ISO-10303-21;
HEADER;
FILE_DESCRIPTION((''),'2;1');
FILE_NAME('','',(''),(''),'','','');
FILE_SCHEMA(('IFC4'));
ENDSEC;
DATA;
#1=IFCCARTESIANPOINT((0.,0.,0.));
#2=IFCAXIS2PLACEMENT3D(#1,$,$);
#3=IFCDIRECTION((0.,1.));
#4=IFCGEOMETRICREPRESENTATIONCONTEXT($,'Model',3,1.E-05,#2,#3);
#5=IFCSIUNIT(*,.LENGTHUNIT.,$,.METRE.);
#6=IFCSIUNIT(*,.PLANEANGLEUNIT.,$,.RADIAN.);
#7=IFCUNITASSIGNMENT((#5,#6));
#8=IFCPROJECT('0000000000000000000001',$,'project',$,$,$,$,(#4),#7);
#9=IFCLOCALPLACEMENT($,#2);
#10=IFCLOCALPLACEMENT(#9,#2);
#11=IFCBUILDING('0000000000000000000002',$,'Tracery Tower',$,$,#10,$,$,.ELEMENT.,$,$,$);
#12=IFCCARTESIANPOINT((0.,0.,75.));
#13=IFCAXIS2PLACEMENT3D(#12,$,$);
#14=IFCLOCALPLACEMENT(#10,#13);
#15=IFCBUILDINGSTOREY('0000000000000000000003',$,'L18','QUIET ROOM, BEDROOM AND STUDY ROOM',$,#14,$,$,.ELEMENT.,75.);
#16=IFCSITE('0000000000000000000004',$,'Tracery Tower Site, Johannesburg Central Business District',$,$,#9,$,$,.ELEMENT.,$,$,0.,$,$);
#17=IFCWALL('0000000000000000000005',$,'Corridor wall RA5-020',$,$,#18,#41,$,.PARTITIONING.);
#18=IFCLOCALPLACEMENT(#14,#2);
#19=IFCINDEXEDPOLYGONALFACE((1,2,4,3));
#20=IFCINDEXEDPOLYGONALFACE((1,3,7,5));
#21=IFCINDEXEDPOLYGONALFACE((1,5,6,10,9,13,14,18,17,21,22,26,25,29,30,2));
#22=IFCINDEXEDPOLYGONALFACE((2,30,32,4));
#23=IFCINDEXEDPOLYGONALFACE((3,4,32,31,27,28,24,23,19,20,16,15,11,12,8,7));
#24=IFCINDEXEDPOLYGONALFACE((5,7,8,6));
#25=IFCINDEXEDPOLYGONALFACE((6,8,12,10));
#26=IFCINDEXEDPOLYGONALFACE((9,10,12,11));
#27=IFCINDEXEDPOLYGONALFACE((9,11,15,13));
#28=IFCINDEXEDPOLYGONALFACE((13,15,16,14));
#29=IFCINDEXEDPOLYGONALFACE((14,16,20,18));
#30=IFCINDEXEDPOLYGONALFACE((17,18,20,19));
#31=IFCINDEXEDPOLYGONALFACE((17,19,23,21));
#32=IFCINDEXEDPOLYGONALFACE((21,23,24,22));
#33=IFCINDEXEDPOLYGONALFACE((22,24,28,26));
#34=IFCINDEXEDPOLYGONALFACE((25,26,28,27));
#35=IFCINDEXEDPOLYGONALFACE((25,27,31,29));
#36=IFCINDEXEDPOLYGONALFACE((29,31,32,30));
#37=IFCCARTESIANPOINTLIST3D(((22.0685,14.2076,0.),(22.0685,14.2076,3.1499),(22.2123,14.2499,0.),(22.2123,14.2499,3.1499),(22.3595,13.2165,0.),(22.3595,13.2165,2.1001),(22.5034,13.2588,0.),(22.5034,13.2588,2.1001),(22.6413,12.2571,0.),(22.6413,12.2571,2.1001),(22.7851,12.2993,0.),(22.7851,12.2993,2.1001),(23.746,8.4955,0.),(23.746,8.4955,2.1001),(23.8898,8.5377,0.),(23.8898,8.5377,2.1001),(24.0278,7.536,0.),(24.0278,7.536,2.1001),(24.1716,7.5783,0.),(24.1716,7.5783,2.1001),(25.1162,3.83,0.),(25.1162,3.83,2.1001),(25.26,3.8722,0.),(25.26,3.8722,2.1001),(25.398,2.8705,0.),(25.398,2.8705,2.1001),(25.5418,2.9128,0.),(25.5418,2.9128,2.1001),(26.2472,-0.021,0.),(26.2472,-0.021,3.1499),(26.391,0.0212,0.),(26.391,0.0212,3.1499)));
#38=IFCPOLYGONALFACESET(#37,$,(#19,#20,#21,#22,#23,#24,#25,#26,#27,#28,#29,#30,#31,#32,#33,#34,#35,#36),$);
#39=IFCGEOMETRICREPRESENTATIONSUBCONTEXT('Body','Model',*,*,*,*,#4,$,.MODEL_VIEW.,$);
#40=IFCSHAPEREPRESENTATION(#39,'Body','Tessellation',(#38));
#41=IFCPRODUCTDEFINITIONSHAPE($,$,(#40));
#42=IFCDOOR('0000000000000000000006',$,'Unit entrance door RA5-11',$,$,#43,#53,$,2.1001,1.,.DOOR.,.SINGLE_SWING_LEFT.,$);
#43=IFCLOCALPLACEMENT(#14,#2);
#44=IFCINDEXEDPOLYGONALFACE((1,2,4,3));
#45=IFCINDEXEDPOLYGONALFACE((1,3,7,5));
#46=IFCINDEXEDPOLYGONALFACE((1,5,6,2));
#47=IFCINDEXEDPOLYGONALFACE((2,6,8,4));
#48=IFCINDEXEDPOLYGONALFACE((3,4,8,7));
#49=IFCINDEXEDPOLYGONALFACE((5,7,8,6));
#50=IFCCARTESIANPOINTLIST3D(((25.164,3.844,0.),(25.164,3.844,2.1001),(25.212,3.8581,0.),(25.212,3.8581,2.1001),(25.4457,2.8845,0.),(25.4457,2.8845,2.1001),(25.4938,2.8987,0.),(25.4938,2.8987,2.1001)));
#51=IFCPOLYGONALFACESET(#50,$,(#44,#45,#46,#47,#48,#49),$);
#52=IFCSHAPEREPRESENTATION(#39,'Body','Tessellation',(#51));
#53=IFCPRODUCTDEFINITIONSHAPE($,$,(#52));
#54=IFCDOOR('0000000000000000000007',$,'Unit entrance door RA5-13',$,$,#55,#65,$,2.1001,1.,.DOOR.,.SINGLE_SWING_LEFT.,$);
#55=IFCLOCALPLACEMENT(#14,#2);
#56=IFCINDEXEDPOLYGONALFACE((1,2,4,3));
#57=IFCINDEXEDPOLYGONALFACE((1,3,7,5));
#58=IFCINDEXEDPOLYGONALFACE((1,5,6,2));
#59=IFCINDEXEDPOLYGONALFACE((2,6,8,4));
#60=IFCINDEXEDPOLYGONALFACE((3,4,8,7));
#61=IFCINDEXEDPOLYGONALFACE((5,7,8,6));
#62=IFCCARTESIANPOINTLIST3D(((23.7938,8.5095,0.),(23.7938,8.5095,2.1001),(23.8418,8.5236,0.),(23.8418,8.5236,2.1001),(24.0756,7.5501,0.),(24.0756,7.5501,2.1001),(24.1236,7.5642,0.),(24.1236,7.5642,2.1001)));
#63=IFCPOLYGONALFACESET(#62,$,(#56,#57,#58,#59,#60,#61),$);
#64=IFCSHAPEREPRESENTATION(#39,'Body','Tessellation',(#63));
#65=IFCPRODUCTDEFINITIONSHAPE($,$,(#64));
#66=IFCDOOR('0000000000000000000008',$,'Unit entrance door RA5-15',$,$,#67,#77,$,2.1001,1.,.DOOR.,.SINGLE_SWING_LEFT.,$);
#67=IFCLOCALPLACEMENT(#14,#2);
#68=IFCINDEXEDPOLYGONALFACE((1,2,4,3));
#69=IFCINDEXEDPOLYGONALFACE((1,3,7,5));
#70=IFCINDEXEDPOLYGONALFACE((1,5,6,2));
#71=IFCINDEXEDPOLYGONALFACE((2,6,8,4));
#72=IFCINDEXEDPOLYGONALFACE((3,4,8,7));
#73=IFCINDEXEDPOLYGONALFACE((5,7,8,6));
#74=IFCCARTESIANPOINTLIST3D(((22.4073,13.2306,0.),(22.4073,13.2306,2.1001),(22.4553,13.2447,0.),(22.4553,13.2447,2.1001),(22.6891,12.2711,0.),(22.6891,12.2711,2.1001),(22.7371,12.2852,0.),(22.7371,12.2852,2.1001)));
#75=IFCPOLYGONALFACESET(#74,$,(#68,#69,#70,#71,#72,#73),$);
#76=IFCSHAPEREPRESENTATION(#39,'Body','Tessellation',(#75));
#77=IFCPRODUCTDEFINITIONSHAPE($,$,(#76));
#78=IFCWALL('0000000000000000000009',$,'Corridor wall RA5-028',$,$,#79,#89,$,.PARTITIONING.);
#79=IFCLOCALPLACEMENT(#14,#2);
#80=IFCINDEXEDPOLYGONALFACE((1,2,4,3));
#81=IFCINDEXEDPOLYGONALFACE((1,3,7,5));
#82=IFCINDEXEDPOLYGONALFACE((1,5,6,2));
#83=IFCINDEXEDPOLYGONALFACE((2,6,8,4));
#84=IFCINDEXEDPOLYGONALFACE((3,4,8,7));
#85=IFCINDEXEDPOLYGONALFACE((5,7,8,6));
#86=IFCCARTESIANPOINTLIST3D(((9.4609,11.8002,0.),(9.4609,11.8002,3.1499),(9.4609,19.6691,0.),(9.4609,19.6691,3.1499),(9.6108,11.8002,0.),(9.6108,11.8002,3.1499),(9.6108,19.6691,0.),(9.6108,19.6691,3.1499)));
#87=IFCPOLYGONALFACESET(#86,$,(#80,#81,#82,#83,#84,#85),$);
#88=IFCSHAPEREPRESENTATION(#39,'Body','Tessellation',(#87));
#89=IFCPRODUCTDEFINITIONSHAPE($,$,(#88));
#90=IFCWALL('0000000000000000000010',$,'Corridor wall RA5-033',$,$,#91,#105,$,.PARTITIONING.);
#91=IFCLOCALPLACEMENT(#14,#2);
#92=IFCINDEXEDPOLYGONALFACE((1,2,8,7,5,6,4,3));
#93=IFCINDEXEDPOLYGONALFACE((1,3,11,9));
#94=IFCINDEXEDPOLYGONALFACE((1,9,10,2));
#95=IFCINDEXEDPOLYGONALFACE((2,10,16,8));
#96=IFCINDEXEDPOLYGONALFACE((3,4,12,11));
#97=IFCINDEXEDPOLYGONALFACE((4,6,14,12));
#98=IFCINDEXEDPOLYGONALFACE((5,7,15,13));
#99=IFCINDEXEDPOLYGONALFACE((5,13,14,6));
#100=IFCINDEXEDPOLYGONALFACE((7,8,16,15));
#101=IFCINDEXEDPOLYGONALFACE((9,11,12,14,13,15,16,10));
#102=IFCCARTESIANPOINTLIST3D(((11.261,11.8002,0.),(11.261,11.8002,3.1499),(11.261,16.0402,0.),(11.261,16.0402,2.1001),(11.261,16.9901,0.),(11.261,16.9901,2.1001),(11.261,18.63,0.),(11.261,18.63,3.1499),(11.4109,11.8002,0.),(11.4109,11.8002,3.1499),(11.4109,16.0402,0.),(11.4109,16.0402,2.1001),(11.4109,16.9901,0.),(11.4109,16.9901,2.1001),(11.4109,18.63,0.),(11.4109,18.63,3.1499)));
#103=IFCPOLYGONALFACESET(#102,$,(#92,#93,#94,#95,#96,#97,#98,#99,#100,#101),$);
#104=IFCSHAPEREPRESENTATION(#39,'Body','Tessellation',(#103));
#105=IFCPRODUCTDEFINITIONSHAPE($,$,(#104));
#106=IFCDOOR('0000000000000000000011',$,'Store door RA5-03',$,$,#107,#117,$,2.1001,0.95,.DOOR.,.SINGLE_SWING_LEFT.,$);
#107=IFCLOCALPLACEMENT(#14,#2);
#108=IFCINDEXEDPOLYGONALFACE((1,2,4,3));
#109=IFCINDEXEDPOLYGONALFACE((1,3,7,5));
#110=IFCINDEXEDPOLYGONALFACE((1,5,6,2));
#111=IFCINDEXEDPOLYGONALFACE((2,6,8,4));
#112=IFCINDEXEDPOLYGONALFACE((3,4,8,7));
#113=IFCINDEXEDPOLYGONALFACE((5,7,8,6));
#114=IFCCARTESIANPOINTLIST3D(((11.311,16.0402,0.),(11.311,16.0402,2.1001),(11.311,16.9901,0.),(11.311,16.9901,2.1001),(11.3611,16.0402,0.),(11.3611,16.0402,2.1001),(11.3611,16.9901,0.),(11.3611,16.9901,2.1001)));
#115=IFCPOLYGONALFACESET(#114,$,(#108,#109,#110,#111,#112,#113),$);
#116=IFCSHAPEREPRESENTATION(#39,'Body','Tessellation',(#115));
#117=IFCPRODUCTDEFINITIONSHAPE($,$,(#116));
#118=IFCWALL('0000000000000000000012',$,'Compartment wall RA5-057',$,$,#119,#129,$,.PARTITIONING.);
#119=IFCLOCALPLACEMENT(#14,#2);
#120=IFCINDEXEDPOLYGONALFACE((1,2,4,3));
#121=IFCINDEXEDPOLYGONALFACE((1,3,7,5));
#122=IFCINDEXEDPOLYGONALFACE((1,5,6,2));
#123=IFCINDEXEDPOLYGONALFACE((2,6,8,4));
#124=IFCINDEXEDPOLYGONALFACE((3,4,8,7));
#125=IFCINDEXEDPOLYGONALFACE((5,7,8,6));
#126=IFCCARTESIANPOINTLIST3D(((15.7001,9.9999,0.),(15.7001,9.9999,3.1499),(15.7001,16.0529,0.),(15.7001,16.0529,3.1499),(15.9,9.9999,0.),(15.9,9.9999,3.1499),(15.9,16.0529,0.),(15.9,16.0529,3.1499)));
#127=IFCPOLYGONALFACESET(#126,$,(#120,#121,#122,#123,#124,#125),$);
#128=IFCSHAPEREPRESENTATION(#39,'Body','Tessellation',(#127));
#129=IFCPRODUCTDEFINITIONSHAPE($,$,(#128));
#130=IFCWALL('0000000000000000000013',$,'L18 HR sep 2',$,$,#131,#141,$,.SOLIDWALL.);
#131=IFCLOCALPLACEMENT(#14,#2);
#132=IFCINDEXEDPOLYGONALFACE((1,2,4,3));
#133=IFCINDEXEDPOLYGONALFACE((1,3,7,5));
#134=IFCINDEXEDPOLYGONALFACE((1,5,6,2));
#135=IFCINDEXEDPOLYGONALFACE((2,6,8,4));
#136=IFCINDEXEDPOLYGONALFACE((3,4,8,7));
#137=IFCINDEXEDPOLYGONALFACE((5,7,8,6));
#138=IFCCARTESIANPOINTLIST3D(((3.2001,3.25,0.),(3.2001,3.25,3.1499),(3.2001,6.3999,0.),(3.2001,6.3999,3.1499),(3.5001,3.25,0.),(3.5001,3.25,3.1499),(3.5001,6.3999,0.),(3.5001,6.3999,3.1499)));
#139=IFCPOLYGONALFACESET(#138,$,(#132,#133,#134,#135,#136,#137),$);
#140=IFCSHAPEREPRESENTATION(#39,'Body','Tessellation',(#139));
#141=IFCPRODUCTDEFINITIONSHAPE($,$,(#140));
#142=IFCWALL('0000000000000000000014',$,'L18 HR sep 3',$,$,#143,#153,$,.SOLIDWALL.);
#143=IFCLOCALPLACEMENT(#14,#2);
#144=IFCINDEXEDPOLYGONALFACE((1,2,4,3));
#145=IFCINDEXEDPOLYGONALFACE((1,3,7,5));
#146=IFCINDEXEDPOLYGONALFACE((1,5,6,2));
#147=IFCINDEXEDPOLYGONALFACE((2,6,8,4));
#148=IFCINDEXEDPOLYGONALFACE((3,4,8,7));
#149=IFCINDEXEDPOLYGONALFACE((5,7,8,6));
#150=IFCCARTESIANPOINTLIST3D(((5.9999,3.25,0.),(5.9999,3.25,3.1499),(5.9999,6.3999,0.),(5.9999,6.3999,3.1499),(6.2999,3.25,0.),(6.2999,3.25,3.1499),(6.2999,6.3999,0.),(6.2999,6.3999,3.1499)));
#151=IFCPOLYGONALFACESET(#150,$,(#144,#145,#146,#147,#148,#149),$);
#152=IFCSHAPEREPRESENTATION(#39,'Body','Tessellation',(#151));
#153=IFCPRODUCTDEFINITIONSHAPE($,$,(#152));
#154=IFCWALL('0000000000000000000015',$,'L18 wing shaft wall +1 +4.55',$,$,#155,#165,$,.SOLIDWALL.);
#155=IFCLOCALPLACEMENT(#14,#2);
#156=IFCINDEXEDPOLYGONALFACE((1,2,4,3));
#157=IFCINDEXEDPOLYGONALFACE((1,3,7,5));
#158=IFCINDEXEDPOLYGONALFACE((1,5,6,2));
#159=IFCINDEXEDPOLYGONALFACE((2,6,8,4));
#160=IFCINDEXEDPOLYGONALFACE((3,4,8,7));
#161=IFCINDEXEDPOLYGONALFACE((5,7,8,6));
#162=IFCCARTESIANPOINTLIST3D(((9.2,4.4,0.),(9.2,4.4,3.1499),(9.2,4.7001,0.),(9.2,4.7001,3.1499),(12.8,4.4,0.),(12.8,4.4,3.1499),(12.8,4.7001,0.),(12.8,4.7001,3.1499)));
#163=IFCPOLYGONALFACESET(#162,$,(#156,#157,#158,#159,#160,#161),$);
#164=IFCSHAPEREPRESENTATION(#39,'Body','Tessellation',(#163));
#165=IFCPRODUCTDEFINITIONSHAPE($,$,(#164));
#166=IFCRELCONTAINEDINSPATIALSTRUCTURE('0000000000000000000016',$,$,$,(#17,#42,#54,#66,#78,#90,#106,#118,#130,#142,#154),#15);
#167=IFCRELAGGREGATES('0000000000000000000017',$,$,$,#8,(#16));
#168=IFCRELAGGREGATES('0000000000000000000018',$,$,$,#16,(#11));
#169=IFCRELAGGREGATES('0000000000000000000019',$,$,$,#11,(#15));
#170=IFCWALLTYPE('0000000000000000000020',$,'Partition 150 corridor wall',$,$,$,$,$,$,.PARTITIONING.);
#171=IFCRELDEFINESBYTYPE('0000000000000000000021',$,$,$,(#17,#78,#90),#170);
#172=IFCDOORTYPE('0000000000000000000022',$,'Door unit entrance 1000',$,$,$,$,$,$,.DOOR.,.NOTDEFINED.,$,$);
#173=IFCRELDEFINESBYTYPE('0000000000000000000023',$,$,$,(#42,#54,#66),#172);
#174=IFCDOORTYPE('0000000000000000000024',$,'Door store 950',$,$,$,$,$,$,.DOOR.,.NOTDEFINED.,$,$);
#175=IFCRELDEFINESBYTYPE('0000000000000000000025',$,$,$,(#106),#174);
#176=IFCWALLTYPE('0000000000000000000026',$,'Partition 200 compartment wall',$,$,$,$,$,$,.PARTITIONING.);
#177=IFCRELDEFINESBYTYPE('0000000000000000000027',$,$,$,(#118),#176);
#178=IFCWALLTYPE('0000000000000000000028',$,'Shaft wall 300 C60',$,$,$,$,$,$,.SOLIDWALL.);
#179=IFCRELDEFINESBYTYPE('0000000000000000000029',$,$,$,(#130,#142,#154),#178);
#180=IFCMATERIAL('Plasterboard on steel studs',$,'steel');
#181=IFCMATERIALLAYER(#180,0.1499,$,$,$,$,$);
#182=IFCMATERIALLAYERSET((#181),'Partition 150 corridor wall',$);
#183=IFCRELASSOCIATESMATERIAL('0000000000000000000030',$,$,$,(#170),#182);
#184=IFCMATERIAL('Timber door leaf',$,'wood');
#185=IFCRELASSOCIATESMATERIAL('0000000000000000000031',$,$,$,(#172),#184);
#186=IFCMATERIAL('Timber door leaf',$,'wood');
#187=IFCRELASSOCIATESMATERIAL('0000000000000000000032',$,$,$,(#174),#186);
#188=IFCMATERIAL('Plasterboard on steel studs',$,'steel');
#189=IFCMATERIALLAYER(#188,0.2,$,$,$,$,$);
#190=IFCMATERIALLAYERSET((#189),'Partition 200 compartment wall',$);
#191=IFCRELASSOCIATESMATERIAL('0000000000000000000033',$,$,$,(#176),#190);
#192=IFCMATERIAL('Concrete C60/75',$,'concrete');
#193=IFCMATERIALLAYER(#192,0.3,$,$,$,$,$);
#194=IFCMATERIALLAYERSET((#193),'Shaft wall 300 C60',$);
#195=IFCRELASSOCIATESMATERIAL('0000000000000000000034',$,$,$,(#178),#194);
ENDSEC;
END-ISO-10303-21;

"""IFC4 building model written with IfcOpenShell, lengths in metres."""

from ifc_helpers import new_model, si_unit, direction, frame, frame_2d, origin, place, context, subcontext, project, spatial, rectangle, extrude, material, layer, layer_set, type_object, element, fill, save


model = new_model("IFC4")

# Units and contexts
model_context = context("Model", 3, precision=1e-05, world=origin(), true_north=direction((0.0, 1.0)))
body_context = subcontext(model_context, "Body", "Model", "MODEL_VIEW")
ifc_project = project(units=[si_unit("LENGTHUNIT", "METRE"), si_unit("PLANEANGLEUNIT", "RADIAN")], contexts=[model_context])

# Site, building, storey
site_placement = place(None, origin())
site = spatial("IfcSite", under=ifc_project, at=site_placement, Name="Tracery Tower Site, Johannesburg Central Business District", CompositionType="ELEMENT", RefElevation=0.0)
building_placement = place(site_placement, origin())
building = spatial("IfcBuilding", under=site, at=building_placement, Name="Tracery Tower", CompositionType="ELEMENT")
storey_placement = place(building_placement, frame((0.0, 0.0, 75.0)))
storey = spatial("IfcBuildingStorey", under=building, at=storey_placement, Name="L18", Description="QUIET ROOM, BEDROOM AND STUDY ROOM", CompositionType="ELEMENT", Elevation=75.0)

# Shared definitions
ifc_material_1 = material(Name="Plasterboard on steel studs", Category="steel")
ifc_layer_1 = layer(ifc_material_1, 0.1499)
ifc_layer_set_1 = layer_set([ifc_layer_1], Name="Partition 150 corridor wall")
wall_type_1 = type_object("IfcWallType", Name="Partition 150 corridor wall", PredefinedType="PARTITIONING", material=ifc_layer_set_1)

# Wall, openings, doors
wall_1_placement = place(storey_placement, frame((22.1404, 14.2288, 0.0), z_axis=(0.0, 0.0, 1.0), x_axis=(0.28178, -0.959479, 0.0)))
wall_1 = element("IfcWall", 1, at=wall_1_placement, inside=storey, type_object=wall_type_1, Name="Corridor wall RA5-020", PredefinedType="PARTITIONING", context=body_context, shape_type="SweptSolid", body=[
    extrude(rectangle(XDim=14.8296, YDim=0.1499, at=frame_2d((7.4148, 0.0))), origin(), (0.0, 0.0, 1.0), 3.1499),
])
opening_1_placement = place(wall_1_placement, frame((10.8159, 0.0, 0.0)))
opening_1 = element("IfcOpeningElement", 2, at=opening_1_placement, cuts=wall_1, PredefinedType="OPENING", context=body_context, shape_type="SweptSolid", body=[
    extrude(rectangle(XDim=1.0, YDim=2.1001, at=frame_2d((0.5, 1.05))), frame((0.0, 0.075, 0.0), z_axis=(0.0, -1.0, 0.0), x_axis=(1.0, 0.0, 0.0)), (0.0, 0.0, 1.0), 0.1499),
])
opening_2_placement = place(wall_1_placement, frame((5.9534, 0.0, 0.0)))
opening_2 = element("IfcOpeningElement", 3, at=opening_2_placement, cuts=wall_1, PredefinedType="OPENING", context=body_context, shape_type="SweptSolid", body=[
    extrude(rectangle(XDim=1.0, YDim=2.1001, at=frame_2d((0.5, 1.05))), frame((0.0, 0.075, 0.0), z_axis=(0.0, -1.0, 0.0), x_axis=(1.0, 0.0, 0.0)), (0.0, 0.0, 1.0), 0.1499),
])
opening_3_placement = place(wall_1_placement, frame((1.033, 0.0, 0.0)))
opening_3 = element("IfcOpeningElement", 4, at=opening_3_placement, cuts=wall_1, PredefinedType="OPENING", context=body_context, shape_type="SweptSolid", body=[
    extrude(rectangle(XDim=1.0, YDim=2.1001, at=frame_2d((0.5, 1.05))), frame((0.0, 0.075, 0.0), z_axis=(0.0, -1.0, 0.0), x_axis=(1.0, 0.0, 0.0)), (0.0, 0.0, 1.0), 0.1499),
])
ifc_material_2 = material(Name="Timber door leaf", Category="wood")
door_type_1 = type_object("IfcDoorType", Name="Door unit entrance 1000", OperationType="NOTDEFINED", PredefinedType="DOOR", material=ifc_material_2)
door_1_placement = place(opening_1_placement, origin())
door_1 = element("IfcDoor", 5, at=door_1_placement, inside=storey, type_object=door_type_1, Name="Unit entrance door RA5-11", OperationType="SINGLE_SWING_LEFT", OverallHeight=2.1001, OverallWidth=1.0, PredefinedType="DOOR", context=body_context, shape_type="SweptSolid", body=[
    extrude(rectangle(XDim=1.0, YDim=2.1001, at=frame_2d((0.5, 1.05))), frame((0.0, 0.0249, 0.0), z_axis=(0.0, -1.0, 0.0), x_axis=(1.0, 0.0, 0.0)), (0.0, 0.0, 1.0), 0.05),
])
fill(opening_1, door_1)
door_2_placement = place(opening_2_placement, origin())
door_2 = element("IfcDoor", 6, at=door_2_placement, inside=storey, type_object=door_type_1, Name="Unit entrance door RA5-13", OperationType="SINGLE_SWING_LEFT", OverallHeight=2.1001, OverallWidth=1.0, PredefinedType="DOOR", context=body_context, shape_type="SweptSolid", body=[
    extrude(rectangle(XDim=1.0, YDim=2.1001, at=frame_2d((0.5, 1.05))), frame((0.0, 0.0249, 0.0), z_axis=(0.0, -1.0, 0.0), x_axis=(1.0, 0.0, 0.0)), (0.0, 0.0, 1.0), 0.05),
])
fill(opening_2, door_2)
door_3_placement = place(opening_3_placement, origin())
door_3 = element("IfcDoor", 7, at=door_3_placement, inside=storey, type_object=door_type_1, Name="Unit entrance door RA5-15", OperationType="SINGLE_SWING_LEFT", OverallHeight=2.1001, OverallWidth=1.0, PredefinedType="DOOR", context=body_context, shape_type="SweptSolid", body=[
    extrude(rectangle(XDim=1.0, YDim=2.1001, at=frame_2d((0.5, 1.05))), frame((0.0, 0.0249, 0.0), z_axis=(0.0, -1.0, 0.0), x_axis=(1.0, 0.0, 0.0)), (0.0, 0.0, 1.0), 0.05),
])
fill(opening_3, door_3)

# Wall
wall_2_placement = place(storey_placement, frame((9.5359, 11.8, 0.0), z_axis=(0.0, 0.0, 1.0), x_axis=(0.0, 1.0, 0.0)))
element("IfcWall", 8, at=wall_2_placement, inside=storey, type_object=wall_type_1, Name="Corridor wall RA5-028", PredefinedType="PARTITIONING", context=body_context, shape_type="SweptSolid", body=[
    extrude(rectangle(XDim=7.8689, YDim=0.1499, at=frame_2d((3.9346, 0.0))), origin(), (0.0, 0.0, 1.0), 3.1499),
])

# Wall, opening, door
wall_3_placement = place(storey_placement, frame((11.3359, 11.8, 0.0), z_axis=(0.0, 0.0, 1.0), x_axis=(0.0, 1.0, 0.0)))
wall_3 = element("IfcWall", 9, at=wall_3_placement, inside=storey, type_object=wall_type_1, Name="Corridor wall RA5-033", PredefinedType="PARTITIONING", context=body_context, shape_type="SweptSolid", body=[
    extrude(rectangle(XDim=6.8298, YDim=0.1499, at=frame_2d((3.415, 0.0))), origin(), (0.0, 0.0, 1.0), 3.1499),
])
opening_4_placement = place(wall_3_placement, frame((4.24, 0.0, 0.0)))
opening_4 = element("IfcOpeningElement", 10, at=opening_4_placement, cuts=wall_3, PredefinedType="OPENING", context=body_context, shape_type="SweptSolid", body=[
    extrude(rectangle(XDim=0.95, YDim=2.1001, at=frame_2d((0.4751, 1.05))), frame((0.0, 0.075, 0.0), z_axis=(0.0, -1.0, 0.0), x_axis=(1.0, 0.0, 0.0)), (0.0, 0.0, 1.0), 0.1499),
])
ifc_material_3 = material(Name="Timber door leaf", Category="wood")
door_type_2 = type_object("IfcDoorType", Name="Door store 950", OperationType="NOTDEFINED", PredefinedType="DOOR", material=ifc_material_3)
door_4_placement = place(opening_4_placement, origin())
door_4 = element("IfcDoor", 11, at=door_4_placement, inside=storey, type_object=door_type_2, Name="Store door RA5-03", OperationType="SINGLE_SWING_LEFT", OverallHeight=2.1001, OverallWidth=0.95, PredefinedType="DOOR", context=body_context, shape_type="SweptSolid", body=[
    extrude(rectangle(XDim=0.95, YDim=2.1001, at=frame_2d((0.4751, 1.05))), frame((0.0, 0.0249, 0.0), z_axis=(0.0, -1.0, 0.0), x_axis=(1.0, 0.0, 0.0)), (0.0, 0.0, 1.0), 0.05),
])
fill(opening_4, door_4)

# Walls
ifc_material_4 = material(Name="Plasterboard on steel studs", Category="steel")
ifc_layer_2 = layer(ifc_material_4, 0.2)
ifc_layer_set_2 = layer_set([ifc_layer_2], Name="Partition 200 compartment wall")
wall_type_2 = type_object("IfcWallType", Name="Partition 200 compartment wall", PredefinedType="PARTITIONING", material=ifc_layer_set_2)
wall_4_placement = place(storey_placement, frame((15.8, 10.0, 0.0), z_axis=(0.0, 0.0, 1.0), x_axis=(0.0, 1.0, 0.0)))
element("IfcWall", 12, at=wall_4_placement, inside=storey, type_object=wall_type_2, Name="Compartment wall RA5-057", PredefinedType="PARTITIONING", context=body_context, shape_type="SweptSolid", body=[
    extrude(rectangle(XDim=6.053, YDim=0.2, at=frame_2d((3.0264, 0.0))), origin(), (0.0, 0.0, 1.0), 3.1499),
])
ifc_material_5 = material(Name="Concrete C60/75", Category="concrete")
ifc_layer_3 = layer(ifc_material_5, 0.3)
ifc_layer_set_3 = layer_set([ifc_layer_3], Name="Shaft wall 300 C60")
wall_type_3 = type_object("IfcWallType", Name="Shaft wall 300 C60", PredefinedType="SOLIDWALL", material=ifc_layer_set_3)
for number, where, z_axis, x_axis, name in (
    (13, (3.3501, 3.25, 0.0), (0.0, 0.0, 1.0), (0.0, 1.0, 0.0), "L18 HR sep 2"),
    (14, (6.1499, 3.25, 0.0), (0.0, 0.0, 1.0), (0.0, 1.0, 0.0), "L18 HR sep 3"),
):
    element("IfcWall", number, at=place(storey_placement, frame(where, z_axis=z_axis, x_axis=x_axis)), inside=storey, type_object=wall_type_3, Name=name, PredefinedType="SOLIDWALL", context=body_context, shape_type="SweptSolid", body=[
        extrude(rectangle(XDim=3.1499, YDim=0.3, at=frame_2d((1.575, 0.0))), origin(), (0.0, 0.0, 1.0), 3.1499),
    ])
wall_5_placement = place(storey_placement, frame((9.2, 4.55, 0.0), z_axis=(0.0, 0.0, 1.0), x_axis=(1.0, 0.0, 0.0)))
element("IfcWall", 15, at=wall_5_placement, inside=storey, type_object=wall_type_3, Name="L18 wing shaft wall +1 +4.55", PredefinedType="SOLIDWALL", context=body_context, shape_type="SweptSolid", body=[
    extrude(rectangle(XDim=3.6001, YDim=0.3, at=frame_2d((1.8, 0.0))), origin(), (0.0, 0.0, 1.0), 3.1499),
])

save(model, "model.ifc")
